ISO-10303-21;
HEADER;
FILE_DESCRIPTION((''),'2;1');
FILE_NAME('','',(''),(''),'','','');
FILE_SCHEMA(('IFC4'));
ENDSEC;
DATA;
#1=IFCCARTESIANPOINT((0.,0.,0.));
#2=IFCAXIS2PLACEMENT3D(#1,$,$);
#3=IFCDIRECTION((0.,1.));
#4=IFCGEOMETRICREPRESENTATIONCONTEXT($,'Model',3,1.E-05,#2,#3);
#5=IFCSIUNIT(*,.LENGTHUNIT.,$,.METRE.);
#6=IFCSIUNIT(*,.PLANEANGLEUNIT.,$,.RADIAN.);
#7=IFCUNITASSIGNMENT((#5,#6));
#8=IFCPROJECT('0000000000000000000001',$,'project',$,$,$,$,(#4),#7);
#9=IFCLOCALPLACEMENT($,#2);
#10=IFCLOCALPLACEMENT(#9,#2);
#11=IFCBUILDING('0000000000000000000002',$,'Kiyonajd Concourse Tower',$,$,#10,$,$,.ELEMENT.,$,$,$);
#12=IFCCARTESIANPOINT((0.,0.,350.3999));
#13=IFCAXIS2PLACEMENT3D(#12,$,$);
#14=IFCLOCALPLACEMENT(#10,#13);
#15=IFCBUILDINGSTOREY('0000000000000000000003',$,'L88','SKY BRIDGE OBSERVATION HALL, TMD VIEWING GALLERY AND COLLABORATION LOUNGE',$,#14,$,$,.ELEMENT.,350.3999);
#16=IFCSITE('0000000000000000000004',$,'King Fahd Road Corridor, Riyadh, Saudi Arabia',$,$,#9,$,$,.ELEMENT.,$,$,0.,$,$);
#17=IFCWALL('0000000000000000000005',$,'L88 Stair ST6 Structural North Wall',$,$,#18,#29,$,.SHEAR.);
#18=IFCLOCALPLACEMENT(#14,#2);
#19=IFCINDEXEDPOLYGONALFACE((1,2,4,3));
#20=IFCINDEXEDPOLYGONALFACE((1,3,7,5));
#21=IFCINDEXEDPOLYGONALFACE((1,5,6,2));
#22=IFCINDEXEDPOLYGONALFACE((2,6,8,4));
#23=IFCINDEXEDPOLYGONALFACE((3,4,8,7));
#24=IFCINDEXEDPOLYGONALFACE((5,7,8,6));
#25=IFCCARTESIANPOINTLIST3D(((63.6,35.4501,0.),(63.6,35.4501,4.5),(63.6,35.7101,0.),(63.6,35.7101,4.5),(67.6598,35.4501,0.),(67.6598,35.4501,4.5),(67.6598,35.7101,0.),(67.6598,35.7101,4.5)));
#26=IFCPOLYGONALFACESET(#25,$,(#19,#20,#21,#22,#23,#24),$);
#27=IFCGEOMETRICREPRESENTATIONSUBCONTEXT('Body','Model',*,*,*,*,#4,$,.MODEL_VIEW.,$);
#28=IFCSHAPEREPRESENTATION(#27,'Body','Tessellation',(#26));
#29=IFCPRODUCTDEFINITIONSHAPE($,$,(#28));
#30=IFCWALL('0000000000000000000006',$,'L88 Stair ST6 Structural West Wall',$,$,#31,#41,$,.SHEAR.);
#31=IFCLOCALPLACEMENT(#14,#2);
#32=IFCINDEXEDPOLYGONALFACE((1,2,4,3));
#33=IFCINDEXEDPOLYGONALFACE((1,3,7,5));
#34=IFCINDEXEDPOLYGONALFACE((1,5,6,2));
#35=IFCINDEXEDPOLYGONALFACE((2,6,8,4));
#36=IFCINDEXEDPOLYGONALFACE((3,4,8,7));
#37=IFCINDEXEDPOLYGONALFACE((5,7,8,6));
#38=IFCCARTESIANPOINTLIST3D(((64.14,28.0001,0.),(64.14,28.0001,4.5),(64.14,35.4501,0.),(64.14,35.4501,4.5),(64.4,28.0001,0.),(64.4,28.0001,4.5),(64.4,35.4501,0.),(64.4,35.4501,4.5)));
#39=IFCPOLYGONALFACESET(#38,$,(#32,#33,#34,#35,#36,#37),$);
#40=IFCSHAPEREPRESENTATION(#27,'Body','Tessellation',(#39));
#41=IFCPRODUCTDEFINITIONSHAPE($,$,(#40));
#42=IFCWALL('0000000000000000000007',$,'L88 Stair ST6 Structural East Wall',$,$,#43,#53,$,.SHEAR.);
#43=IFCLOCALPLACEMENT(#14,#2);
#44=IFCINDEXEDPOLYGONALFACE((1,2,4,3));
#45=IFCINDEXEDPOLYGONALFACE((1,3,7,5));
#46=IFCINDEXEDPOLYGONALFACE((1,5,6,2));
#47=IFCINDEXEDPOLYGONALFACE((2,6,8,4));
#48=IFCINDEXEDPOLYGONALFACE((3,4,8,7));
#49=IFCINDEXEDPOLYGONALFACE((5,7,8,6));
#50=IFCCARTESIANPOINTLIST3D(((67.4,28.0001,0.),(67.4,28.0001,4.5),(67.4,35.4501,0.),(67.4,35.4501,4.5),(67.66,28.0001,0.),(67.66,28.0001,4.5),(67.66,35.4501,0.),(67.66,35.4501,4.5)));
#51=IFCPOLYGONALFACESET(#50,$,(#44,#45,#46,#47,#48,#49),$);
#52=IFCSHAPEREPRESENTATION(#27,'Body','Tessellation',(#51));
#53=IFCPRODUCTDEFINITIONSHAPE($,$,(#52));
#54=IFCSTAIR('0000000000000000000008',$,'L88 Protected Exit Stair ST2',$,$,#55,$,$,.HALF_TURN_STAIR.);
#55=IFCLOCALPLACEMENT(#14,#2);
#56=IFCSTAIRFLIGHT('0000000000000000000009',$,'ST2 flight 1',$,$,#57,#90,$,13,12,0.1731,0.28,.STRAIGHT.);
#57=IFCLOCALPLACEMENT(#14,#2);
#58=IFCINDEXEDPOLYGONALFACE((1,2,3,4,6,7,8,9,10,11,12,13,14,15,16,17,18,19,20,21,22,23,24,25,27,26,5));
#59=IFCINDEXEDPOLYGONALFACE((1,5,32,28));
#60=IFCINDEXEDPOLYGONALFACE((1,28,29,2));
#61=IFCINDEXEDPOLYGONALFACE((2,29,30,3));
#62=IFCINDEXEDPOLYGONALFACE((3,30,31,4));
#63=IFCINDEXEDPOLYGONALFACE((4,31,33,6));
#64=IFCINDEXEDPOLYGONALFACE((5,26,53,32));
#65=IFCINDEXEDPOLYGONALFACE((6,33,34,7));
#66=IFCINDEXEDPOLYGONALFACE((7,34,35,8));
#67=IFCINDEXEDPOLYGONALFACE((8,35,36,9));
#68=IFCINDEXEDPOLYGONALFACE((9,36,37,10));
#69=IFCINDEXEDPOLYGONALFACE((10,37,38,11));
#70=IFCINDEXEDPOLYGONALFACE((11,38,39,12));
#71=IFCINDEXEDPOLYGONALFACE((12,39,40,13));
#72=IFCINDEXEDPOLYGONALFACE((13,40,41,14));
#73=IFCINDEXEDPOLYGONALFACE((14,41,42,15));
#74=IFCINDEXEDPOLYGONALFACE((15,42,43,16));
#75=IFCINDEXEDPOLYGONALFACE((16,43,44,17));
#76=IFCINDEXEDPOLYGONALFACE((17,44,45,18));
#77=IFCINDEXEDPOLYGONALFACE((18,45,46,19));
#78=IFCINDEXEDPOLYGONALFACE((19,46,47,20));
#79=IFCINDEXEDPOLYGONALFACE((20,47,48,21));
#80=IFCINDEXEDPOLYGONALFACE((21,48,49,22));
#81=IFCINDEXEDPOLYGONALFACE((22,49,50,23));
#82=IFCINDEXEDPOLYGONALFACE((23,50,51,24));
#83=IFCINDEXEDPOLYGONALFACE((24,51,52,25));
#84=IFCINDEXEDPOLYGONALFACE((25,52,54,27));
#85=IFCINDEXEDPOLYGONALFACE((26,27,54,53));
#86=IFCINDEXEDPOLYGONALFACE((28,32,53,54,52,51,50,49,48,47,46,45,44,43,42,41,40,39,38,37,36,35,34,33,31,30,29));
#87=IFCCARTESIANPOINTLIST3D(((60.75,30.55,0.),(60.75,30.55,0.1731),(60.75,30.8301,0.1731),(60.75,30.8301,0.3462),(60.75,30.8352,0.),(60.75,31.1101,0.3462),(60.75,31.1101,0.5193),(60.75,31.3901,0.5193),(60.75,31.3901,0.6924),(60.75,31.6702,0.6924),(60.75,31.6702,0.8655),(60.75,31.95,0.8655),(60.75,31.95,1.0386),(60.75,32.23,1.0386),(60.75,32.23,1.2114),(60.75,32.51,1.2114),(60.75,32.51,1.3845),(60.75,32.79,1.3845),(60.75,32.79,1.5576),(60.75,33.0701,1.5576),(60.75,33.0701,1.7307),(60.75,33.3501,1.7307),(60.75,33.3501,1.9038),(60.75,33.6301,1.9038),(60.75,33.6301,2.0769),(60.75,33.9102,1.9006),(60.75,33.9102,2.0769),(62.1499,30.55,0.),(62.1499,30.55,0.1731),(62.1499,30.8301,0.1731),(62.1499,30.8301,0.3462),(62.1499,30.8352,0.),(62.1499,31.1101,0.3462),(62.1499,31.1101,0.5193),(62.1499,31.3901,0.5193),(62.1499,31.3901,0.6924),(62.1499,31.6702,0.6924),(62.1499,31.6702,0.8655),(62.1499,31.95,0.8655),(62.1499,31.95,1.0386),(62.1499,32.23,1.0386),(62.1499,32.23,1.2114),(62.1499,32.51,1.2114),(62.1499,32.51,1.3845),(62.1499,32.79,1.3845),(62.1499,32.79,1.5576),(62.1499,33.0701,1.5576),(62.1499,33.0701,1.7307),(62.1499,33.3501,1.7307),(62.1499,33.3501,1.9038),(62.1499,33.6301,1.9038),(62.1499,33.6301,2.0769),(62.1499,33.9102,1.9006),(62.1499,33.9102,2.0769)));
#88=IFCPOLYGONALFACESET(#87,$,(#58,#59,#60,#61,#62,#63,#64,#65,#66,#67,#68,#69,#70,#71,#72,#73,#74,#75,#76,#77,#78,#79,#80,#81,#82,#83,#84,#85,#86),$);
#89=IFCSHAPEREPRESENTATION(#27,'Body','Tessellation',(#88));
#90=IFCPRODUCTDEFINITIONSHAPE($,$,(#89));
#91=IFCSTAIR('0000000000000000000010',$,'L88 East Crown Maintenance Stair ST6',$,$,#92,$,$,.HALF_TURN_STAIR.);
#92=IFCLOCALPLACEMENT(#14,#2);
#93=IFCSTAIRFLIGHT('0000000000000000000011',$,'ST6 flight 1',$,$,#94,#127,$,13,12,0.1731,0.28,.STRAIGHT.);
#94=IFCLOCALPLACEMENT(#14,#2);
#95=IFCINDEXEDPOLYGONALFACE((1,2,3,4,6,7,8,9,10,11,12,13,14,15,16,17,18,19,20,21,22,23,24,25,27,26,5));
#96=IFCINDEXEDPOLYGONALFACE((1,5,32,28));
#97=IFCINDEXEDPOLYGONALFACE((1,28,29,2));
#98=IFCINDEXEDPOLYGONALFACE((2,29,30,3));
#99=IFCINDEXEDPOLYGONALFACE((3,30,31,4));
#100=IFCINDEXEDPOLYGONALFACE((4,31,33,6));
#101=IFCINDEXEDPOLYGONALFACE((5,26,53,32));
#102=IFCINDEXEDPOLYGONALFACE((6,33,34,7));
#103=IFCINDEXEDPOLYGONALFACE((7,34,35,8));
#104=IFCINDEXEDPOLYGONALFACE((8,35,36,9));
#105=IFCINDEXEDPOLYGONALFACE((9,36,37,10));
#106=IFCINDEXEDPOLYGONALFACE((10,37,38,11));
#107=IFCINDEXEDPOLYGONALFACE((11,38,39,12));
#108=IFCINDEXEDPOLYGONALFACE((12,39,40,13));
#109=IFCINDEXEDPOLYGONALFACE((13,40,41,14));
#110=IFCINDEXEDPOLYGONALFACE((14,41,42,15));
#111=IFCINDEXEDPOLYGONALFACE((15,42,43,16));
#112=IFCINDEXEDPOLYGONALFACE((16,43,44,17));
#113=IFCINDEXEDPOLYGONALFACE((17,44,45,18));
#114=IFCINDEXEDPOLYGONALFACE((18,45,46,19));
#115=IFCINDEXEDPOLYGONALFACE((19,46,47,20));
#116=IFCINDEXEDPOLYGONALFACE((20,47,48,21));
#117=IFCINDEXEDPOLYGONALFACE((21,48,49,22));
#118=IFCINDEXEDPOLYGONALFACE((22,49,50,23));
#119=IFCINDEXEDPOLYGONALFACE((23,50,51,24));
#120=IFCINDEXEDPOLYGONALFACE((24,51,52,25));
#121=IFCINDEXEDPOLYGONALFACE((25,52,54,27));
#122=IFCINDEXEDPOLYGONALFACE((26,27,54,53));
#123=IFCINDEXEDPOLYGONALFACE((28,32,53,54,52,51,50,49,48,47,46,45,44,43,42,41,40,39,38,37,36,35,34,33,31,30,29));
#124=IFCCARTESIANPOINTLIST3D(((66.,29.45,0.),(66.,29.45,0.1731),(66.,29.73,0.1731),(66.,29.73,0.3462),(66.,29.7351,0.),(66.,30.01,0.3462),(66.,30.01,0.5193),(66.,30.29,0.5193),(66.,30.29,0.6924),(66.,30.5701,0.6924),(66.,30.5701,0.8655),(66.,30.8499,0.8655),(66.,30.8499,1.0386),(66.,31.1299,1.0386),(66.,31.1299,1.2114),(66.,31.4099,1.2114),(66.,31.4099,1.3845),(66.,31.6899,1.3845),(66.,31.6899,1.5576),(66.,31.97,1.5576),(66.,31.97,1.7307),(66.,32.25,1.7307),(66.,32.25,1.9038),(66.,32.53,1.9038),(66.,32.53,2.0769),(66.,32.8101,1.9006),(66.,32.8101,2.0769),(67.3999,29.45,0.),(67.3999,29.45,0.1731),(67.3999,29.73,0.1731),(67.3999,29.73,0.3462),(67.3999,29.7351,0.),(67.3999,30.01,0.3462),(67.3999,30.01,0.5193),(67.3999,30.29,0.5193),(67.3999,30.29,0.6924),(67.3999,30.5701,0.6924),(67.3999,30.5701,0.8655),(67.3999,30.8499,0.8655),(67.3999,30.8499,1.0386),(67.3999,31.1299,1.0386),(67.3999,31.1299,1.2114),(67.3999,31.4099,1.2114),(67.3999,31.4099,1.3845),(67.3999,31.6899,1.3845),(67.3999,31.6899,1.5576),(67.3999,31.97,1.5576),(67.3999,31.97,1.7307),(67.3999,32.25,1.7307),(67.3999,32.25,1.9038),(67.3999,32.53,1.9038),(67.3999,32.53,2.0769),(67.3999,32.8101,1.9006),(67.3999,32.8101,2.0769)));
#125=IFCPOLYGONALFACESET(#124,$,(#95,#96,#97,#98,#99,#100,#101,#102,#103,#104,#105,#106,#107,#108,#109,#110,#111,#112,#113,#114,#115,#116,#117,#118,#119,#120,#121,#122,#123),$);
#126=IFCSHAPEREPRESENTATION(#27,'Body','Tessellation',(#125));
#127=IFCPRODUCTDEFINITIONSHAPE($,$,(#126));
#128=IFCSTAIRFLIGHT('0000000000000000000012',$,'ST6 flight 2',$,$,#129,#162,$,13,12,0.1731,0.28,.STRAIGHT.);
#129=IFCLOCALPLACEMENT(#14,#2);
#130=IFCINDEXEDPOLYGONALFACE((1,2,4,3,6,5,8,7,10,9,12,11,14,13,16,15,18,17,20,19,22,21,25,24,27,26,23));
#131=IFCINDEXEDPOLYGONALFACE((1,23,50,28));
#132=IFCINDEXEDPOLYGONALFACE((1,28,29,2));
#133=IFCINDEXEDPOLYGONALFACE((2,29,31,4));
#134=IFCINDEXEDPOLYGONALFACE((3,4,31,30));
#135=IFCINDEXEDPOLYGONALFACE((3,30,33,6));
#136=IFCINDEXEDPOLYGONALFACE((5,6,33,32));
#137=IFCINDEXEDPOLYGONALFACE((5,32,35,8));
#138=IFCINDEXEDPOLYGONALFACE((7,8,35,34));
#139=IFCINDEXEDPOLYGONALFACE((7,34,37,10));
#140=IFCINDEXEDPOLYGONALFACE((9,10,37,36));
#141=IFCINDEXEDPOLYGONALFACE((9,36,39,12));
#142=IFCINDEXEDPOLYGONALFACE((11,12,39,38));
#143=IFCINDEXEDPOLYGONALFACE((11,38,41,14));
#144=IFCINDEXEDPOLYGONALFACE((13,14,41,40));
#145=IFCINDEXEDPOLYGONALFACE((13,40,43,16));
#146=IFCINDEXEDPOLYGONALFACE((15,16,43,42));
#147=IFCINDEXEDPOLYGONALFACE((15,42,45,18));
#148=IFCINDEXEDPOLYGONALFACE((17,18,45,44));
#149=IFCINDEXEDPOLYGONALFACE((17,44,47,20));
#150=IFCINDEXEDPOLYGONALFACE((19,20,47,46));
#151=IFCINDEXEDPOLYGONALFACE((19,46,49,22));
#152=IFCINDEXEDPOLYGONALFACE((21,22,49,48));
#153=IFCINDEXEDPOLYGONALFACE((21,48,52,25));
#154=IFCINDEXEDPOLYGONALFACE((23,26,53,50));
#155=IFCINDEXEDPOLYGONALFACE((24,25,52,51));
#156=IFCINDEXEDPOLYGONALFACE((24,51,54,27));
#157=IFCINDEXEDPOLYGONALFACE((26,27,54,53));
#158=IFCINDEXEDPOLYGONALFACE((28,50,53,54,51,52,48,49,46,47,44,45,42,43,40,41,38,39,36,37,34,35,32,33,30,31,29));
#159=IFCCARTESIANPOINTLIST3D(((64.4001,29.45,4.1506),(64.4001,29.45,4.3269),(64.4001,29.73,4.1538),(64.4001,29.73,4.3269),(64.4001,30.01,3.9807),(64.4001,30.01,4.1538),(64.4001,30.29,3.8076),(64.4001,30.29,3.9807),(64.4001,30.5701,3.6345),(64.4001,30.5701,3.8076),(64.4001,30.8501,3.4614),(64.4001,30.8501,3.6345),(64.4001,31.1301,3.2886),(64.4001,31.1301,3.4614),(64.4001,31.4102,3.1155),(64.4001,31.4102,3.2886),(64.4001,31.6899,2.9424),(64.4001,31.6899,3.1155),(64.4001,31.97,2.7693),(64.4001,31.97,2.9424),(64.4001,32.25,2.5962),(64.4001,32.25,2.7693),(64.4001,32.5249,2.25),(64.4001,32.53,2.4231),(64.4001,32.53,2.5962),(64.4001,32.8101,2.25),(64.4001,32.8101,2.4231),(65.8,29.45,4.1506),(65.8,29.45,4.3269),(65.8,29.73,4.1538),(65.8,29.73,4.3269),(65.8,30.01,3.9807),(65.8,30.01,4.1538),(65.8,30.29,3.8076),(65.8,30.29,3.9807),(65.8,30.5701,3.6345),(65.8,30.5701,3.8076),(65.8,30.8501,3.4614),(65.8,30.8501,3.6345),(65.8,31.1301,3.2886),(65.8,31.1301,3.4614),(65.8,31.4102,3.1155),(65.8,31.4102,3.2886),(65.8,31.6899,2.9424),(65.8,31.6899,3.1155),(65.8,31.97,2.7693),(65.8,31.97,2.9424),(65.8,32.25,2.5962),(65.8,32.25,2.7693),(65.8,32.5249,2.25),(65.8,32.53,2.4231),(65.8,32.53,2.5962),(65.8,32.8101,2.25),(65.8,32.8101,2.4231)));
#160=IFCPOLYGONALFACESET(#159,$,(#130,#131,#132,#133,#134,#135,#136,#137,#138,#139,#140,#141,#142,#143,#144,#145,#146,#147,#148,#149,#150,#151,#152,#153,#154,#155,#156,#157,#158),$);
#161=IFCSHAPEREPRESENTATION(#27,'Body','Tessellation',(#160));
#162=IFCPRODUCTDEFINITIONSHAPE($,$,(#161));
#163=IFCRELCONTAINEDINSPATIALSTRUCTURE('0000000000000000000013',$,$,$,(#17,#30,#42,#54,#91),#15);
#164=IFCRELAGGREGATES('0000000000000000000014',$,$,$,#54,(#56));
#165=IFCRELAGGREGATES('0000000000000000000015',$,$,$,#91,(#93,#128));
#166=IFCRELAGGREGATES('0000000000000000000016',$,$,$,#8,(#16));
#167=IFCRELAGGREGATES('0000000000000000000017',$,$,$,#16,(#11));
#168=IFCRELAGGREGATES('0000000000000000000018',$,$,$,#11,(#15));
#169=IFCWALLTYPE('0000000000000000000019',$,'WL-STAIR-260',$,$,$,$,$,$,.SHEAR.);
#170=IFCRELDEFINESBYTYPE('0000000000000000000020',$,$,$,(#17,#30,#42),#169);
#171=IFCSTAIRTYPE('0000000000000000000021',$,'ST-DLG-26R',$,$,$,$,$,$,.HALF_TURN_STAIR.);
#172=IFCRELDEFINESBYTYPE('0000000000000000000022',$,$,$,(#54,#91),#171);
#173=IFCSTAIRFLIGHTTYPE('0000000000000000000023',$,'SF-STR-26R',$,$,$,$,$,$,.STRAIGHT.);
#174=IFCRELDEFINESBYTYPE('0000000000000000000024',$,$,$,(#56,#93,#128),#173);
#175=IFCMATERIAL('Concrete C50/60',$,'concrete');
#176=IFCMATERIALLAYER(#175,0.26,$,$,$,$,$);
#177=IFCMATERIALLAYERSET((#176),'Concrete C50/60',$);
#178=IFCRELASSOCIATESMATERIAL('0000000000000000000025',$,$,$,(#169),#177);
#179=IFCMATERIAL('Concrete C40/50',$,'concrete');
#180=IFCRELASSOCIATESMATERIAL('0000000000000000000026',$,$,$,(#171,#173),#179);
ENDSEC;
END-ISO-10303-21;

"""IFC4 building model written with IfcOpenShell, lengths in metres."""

from ifc_helpers import new_model, si_unit, direction, frame, frame_2d, origin, place, context, subcontext, project, spatial, polyline, rectangle, outline, extrude, material, layer, layer_set, type_object, element, aggregate, save


model = new_model("IFC4")

# Units and contexts
model_context = context("Model", 3, precision=1e-05, world=origin(), true_north=direction((0.0, 1.0)))
body_context = subcontext(model_context, "Body", "Model", "MODEL_VIEW")
ifc_project = project(units=[si_unit("LENGTHUNIT", "METRE"), si_unit("PLANEANGLEUNIT", "RADIAN")], contexts=[model_context])

# Site, building, storey
site_placement = place(None, origin())
site = spatial("IfcSite", under=ifc_project, at=site_placement, Name="King Fahd Road Corridor, Riyadh, Saudi Arabia", CompositionType="ELEMENT", RefElevation=0.0)
building_placement = place(site_placement, origin())
building = spatial("IfcBuilding", under=site, at=building_placement, Name="Kiyonajd Concourse Tower", CompositionType="ELEMENT")
storey_placement = place(building_placement, frame((0.0, 0.0, 350.3999)))
storey = spatial("IfcBuildingStorey", under=building, at=storey_placement, Name="L88", Description="SKY BRIDGE OBSERVATION HALL, TMD VIEWING GALLERY AND COLLABORATION LOUNGE", CompositionType="ELEMENT", Elevation=350.3999)

# Shared definitions
ifc_material_1 = material(Name="Concrete C50/60", Category="concrete")

# Walls
ifc_layer_1 = layer(ifc_material_1, 0.26)
ifc_layer_set_1 = layer_set([ifc_layer_1], Name="Concrete C50/60")
wall_type = type_object("IfcWallType", Name="WL-STAIR-260", PredefinedType="SHEAR", material=ifc_layer_set_1)
wall_1_placement = place(storey_placement, frame((63.6001, 35.5801, 0.0), z_axis=(0.0, 0.0, 1.0), x_axis=(1.0, 0.0, 0.0)))
element("IfcWall", 1, at=wall_1_placement, inside=storey, type_object=wall_type, Name="L88 Stair ST6 Structural North Wall", PredefinedType="SHEAR", context=body_context, shape_type="SweptSolid", body=[
    extrude(rectangle(XDim=4.0598, YDim=0.26, at=frame_2d((2.0298, 0.0))), origin(), (0.0, 0.0, 1.0), 4.5),
])
for number, where, z_axis, x_axis, name in (
    (2, (64.27, 28.0, 0.0), (0.0, 0.0, 1.0), (0.0, 1.0, 0.0), "L88 Stair ST6 Structural West Wall"),
    (3, (67.53, 28.0, 0.0), (0.0, 0.0, 1.0), (0.0, 1.0, 0.0), "L88 Stair ST6 Structural East Wall"),
):
    element("IfcWall", number, at=place(storey_placement, frame(where, z_axis=z_axis, x_axis=x_axis)), inside=storey, type_object=wall_type, Name=name, PredefinedType="SHEAR", context=body_context, shape_type="SweptSolid", body=[
        extrude(rectangle(XDim=7.45, YDim=0.26, at=frame_2d((3.7251, 0.0))), origin(), (0.0, 0.0, 1.0), 4.5),
    ])

# Stair, stair flight
ifc_material_2 = material(Name="Concrete C40/50", Category="concrete")
stair_type = type_object("IfcStairType", Name="ST-DLG-26R", PredefinedType="HALF_TURN_STAIR", material=ifc_material_2)
stair_1_placement = place(storey_placement, origin())
stair_1 = element("IfcStair", 4, at=stair_1_placement, inside=storey, type_object=stair_type, Name="L88 Protected Exit Stair ST2", PredefinedType="HALF_TURN_STAIR")
stair_flight_type = type_object("IfcStairFlightType", Name="SF-STR-26R", PredefinedType="STRAIGHT", material=ifc_material_2)
stair_flight_1_placement = place(storey_placement, frame((61.45, 30.55, 0.0), z_axis=(0.0, 0.0, 1.0), x_axis=(0.0, 1.0, 0.0)))
stair_flight_1 = element("IfcStairFlight", 5, at=stair_flight_1_placement, type_object=stair_flight_type, Name="ST2 flight 1", NumberOfRisers=13, NumberOfTreads=12, PredefinedType="STRAIGHT", RiserHeight=0.1731, TreadLength=0.28, context=body_context, shape_type="SweptSolid", body=[
    extrude(outline(polyline([(0.0, 0.0), (0.0, 0.1731), (0.28, 0.1731), (0.28, 0.3462), (0.5601, 0.3462), (0.5601, 0.5193), (0.8401, 0.5193), (0.8401, 0.6924), (1.1201, 0.6924), (1.1201, 0.8655), (1.3999, 0.8655), (1.3999, 1.0386), (1.6799, 1.0386), (1.6799, 1.2114), (1.96, 1.2114), (1.96, 1.3845), (2.24, 1.3845), (2.24, 1.5576), (2.52, 1.5576), (2.52, 1.7307), (2.8, 1.7307), (2.8, 1.9038), (3.0801, 1.9038), (3.0801, 2.0769), (3.3601, 2.0769), (3.3601, 2.25), (3.3601, 1.9006), (0.2852, 0.0), (0.0, 0.0)])), frame((0.0, 0.7, 0.0), z_axis=(0.0, -1.0, 0.0), x_axis=(1.0, 0.0, 0.0)), (0.0, 0.0, 1.0), 1.3999),
])
aggregate(stair_1, [stair_flight_1])

# Stair, stair flights
stair_2_placement = place(storey_placement, origin())
stair_2 = element("IfcStair", 6, at=stair_2_placement, inside=storey, type_object=stair_type, Name="L88 East Crown Maintenance Stair ST6", PredefinedType="HALF_TURN_STAIR")
stair_flight_2_placement = place(storey_placement, frame((66.7, 29.45, 0.0), z_axis=(0.0, 0.0, 1.0), x_axis=(0.0, 1.0, 0.0)))
stair_flight_2 = element("IfcStairFlight", 7, at=stair_flight_2_placement, type_object=stair_flight_type, Name="ST6 flight 1", NumberOfRisers=13, NumberOfTreads=12, PredefinedType="STRAIGHT", RiserHeight=0.1731, TreadLength=0.28, context=body_context, shape_type="SweptSolid", body=[
    extrude(outline(polyline([(0.0, 0.0), (0.0, 0.1731), (0.28, 0.1731), (0.28, 0.3462), (0.5601, 0.3462), (0.5601, 0.5193), (0.8401, 0.5193), (0.8401, 0.6924), (1.1201, 0.6924), (1.1201, 0.8655), (1.3999, 0.8655), (1.3999, 1.0386), (1.6799, 1.0386), (1.6799, 1.2114), (1.96, 1.2114), (1.96, 1.3845), (2.24, 1.3845), (2.24, 1.5576), (2.52, 1.5576), (2.52, 1.7307), (2.8, 1.7307), (2.8, 1.9038), (3.0801, 1.9038), (3.0801, 2.0769), (3.3601, 2.0769), (3.3601, 2.25), (3.3601, 1.9006), (0.2852, 0.0), (0.0, 0.0)])), frame((0.0, 0.7, 0.0), z_axis=(0.0, -1.0, 0.0), x_axis=(1.0, 0.0, 0.0)), (0.0, 0.0, 1.0), 1.3999),
])
stair_flight_3_placement = place(storey_placement, frame((65.1001, 32.8101, 2.25), z_axis=(0.0, 0.0, 1.0), x_axis=(0.0, -1.0, 0.0)))
stair_flight_3 = element("IfcStairFlight", 8, at=stair_flight_3_placement, type_object=stair_flight_type, Name="ST6 flight 2", NumberOfRisers=13, NumberOfTreads=12, PredefinedType="STRAIGHT", RiserHeight=0.1731, TreadLength=0.28, context=body_context, shape_type="SweptSolid", body=[
    extrude(outline(polyline([(0.0, 0.0), (0.0, 0.1731), (0.28, 0.1731), (0.28, 0.3462), (0.5601, 0.3462), (0.5601, 0.5193), (0.8401, 0.5193), (0.8401, 0.6924), (1.1201, 0.6924), (1.1201, 0.8655), (1.3999, 0.8655), (1.3999, 1.0386), (1.6799, 1.0386), (1.6799, 1.2114), (1.96, 1.2114), (1.96, 1.3845), (2.24, 1.3845), (2.24, 1.5576), (2.52, 1.5576), (2.52, 1.7307), (2.8, 1.7307), (2.8, 1.9038), (3.0801, 1.9038), (3.0801, 2.0769), (3.3601, 2.0769), (3.3601, 2.25), (3.3601, 1.9006), (0.2852, 0.0), (0.0, 0.0)])), frame((0.0, 0.7, 0.0), z_axis=(0.0, -1.0, 0.0), x_axis=(1.0, 0.0, 0.0)), (0.0, 0.0, 1.0), 1.3999),
])
aggregate(stair_2, [stair_flight_2, stair_flight_3])

save(model, "model.ifc")
